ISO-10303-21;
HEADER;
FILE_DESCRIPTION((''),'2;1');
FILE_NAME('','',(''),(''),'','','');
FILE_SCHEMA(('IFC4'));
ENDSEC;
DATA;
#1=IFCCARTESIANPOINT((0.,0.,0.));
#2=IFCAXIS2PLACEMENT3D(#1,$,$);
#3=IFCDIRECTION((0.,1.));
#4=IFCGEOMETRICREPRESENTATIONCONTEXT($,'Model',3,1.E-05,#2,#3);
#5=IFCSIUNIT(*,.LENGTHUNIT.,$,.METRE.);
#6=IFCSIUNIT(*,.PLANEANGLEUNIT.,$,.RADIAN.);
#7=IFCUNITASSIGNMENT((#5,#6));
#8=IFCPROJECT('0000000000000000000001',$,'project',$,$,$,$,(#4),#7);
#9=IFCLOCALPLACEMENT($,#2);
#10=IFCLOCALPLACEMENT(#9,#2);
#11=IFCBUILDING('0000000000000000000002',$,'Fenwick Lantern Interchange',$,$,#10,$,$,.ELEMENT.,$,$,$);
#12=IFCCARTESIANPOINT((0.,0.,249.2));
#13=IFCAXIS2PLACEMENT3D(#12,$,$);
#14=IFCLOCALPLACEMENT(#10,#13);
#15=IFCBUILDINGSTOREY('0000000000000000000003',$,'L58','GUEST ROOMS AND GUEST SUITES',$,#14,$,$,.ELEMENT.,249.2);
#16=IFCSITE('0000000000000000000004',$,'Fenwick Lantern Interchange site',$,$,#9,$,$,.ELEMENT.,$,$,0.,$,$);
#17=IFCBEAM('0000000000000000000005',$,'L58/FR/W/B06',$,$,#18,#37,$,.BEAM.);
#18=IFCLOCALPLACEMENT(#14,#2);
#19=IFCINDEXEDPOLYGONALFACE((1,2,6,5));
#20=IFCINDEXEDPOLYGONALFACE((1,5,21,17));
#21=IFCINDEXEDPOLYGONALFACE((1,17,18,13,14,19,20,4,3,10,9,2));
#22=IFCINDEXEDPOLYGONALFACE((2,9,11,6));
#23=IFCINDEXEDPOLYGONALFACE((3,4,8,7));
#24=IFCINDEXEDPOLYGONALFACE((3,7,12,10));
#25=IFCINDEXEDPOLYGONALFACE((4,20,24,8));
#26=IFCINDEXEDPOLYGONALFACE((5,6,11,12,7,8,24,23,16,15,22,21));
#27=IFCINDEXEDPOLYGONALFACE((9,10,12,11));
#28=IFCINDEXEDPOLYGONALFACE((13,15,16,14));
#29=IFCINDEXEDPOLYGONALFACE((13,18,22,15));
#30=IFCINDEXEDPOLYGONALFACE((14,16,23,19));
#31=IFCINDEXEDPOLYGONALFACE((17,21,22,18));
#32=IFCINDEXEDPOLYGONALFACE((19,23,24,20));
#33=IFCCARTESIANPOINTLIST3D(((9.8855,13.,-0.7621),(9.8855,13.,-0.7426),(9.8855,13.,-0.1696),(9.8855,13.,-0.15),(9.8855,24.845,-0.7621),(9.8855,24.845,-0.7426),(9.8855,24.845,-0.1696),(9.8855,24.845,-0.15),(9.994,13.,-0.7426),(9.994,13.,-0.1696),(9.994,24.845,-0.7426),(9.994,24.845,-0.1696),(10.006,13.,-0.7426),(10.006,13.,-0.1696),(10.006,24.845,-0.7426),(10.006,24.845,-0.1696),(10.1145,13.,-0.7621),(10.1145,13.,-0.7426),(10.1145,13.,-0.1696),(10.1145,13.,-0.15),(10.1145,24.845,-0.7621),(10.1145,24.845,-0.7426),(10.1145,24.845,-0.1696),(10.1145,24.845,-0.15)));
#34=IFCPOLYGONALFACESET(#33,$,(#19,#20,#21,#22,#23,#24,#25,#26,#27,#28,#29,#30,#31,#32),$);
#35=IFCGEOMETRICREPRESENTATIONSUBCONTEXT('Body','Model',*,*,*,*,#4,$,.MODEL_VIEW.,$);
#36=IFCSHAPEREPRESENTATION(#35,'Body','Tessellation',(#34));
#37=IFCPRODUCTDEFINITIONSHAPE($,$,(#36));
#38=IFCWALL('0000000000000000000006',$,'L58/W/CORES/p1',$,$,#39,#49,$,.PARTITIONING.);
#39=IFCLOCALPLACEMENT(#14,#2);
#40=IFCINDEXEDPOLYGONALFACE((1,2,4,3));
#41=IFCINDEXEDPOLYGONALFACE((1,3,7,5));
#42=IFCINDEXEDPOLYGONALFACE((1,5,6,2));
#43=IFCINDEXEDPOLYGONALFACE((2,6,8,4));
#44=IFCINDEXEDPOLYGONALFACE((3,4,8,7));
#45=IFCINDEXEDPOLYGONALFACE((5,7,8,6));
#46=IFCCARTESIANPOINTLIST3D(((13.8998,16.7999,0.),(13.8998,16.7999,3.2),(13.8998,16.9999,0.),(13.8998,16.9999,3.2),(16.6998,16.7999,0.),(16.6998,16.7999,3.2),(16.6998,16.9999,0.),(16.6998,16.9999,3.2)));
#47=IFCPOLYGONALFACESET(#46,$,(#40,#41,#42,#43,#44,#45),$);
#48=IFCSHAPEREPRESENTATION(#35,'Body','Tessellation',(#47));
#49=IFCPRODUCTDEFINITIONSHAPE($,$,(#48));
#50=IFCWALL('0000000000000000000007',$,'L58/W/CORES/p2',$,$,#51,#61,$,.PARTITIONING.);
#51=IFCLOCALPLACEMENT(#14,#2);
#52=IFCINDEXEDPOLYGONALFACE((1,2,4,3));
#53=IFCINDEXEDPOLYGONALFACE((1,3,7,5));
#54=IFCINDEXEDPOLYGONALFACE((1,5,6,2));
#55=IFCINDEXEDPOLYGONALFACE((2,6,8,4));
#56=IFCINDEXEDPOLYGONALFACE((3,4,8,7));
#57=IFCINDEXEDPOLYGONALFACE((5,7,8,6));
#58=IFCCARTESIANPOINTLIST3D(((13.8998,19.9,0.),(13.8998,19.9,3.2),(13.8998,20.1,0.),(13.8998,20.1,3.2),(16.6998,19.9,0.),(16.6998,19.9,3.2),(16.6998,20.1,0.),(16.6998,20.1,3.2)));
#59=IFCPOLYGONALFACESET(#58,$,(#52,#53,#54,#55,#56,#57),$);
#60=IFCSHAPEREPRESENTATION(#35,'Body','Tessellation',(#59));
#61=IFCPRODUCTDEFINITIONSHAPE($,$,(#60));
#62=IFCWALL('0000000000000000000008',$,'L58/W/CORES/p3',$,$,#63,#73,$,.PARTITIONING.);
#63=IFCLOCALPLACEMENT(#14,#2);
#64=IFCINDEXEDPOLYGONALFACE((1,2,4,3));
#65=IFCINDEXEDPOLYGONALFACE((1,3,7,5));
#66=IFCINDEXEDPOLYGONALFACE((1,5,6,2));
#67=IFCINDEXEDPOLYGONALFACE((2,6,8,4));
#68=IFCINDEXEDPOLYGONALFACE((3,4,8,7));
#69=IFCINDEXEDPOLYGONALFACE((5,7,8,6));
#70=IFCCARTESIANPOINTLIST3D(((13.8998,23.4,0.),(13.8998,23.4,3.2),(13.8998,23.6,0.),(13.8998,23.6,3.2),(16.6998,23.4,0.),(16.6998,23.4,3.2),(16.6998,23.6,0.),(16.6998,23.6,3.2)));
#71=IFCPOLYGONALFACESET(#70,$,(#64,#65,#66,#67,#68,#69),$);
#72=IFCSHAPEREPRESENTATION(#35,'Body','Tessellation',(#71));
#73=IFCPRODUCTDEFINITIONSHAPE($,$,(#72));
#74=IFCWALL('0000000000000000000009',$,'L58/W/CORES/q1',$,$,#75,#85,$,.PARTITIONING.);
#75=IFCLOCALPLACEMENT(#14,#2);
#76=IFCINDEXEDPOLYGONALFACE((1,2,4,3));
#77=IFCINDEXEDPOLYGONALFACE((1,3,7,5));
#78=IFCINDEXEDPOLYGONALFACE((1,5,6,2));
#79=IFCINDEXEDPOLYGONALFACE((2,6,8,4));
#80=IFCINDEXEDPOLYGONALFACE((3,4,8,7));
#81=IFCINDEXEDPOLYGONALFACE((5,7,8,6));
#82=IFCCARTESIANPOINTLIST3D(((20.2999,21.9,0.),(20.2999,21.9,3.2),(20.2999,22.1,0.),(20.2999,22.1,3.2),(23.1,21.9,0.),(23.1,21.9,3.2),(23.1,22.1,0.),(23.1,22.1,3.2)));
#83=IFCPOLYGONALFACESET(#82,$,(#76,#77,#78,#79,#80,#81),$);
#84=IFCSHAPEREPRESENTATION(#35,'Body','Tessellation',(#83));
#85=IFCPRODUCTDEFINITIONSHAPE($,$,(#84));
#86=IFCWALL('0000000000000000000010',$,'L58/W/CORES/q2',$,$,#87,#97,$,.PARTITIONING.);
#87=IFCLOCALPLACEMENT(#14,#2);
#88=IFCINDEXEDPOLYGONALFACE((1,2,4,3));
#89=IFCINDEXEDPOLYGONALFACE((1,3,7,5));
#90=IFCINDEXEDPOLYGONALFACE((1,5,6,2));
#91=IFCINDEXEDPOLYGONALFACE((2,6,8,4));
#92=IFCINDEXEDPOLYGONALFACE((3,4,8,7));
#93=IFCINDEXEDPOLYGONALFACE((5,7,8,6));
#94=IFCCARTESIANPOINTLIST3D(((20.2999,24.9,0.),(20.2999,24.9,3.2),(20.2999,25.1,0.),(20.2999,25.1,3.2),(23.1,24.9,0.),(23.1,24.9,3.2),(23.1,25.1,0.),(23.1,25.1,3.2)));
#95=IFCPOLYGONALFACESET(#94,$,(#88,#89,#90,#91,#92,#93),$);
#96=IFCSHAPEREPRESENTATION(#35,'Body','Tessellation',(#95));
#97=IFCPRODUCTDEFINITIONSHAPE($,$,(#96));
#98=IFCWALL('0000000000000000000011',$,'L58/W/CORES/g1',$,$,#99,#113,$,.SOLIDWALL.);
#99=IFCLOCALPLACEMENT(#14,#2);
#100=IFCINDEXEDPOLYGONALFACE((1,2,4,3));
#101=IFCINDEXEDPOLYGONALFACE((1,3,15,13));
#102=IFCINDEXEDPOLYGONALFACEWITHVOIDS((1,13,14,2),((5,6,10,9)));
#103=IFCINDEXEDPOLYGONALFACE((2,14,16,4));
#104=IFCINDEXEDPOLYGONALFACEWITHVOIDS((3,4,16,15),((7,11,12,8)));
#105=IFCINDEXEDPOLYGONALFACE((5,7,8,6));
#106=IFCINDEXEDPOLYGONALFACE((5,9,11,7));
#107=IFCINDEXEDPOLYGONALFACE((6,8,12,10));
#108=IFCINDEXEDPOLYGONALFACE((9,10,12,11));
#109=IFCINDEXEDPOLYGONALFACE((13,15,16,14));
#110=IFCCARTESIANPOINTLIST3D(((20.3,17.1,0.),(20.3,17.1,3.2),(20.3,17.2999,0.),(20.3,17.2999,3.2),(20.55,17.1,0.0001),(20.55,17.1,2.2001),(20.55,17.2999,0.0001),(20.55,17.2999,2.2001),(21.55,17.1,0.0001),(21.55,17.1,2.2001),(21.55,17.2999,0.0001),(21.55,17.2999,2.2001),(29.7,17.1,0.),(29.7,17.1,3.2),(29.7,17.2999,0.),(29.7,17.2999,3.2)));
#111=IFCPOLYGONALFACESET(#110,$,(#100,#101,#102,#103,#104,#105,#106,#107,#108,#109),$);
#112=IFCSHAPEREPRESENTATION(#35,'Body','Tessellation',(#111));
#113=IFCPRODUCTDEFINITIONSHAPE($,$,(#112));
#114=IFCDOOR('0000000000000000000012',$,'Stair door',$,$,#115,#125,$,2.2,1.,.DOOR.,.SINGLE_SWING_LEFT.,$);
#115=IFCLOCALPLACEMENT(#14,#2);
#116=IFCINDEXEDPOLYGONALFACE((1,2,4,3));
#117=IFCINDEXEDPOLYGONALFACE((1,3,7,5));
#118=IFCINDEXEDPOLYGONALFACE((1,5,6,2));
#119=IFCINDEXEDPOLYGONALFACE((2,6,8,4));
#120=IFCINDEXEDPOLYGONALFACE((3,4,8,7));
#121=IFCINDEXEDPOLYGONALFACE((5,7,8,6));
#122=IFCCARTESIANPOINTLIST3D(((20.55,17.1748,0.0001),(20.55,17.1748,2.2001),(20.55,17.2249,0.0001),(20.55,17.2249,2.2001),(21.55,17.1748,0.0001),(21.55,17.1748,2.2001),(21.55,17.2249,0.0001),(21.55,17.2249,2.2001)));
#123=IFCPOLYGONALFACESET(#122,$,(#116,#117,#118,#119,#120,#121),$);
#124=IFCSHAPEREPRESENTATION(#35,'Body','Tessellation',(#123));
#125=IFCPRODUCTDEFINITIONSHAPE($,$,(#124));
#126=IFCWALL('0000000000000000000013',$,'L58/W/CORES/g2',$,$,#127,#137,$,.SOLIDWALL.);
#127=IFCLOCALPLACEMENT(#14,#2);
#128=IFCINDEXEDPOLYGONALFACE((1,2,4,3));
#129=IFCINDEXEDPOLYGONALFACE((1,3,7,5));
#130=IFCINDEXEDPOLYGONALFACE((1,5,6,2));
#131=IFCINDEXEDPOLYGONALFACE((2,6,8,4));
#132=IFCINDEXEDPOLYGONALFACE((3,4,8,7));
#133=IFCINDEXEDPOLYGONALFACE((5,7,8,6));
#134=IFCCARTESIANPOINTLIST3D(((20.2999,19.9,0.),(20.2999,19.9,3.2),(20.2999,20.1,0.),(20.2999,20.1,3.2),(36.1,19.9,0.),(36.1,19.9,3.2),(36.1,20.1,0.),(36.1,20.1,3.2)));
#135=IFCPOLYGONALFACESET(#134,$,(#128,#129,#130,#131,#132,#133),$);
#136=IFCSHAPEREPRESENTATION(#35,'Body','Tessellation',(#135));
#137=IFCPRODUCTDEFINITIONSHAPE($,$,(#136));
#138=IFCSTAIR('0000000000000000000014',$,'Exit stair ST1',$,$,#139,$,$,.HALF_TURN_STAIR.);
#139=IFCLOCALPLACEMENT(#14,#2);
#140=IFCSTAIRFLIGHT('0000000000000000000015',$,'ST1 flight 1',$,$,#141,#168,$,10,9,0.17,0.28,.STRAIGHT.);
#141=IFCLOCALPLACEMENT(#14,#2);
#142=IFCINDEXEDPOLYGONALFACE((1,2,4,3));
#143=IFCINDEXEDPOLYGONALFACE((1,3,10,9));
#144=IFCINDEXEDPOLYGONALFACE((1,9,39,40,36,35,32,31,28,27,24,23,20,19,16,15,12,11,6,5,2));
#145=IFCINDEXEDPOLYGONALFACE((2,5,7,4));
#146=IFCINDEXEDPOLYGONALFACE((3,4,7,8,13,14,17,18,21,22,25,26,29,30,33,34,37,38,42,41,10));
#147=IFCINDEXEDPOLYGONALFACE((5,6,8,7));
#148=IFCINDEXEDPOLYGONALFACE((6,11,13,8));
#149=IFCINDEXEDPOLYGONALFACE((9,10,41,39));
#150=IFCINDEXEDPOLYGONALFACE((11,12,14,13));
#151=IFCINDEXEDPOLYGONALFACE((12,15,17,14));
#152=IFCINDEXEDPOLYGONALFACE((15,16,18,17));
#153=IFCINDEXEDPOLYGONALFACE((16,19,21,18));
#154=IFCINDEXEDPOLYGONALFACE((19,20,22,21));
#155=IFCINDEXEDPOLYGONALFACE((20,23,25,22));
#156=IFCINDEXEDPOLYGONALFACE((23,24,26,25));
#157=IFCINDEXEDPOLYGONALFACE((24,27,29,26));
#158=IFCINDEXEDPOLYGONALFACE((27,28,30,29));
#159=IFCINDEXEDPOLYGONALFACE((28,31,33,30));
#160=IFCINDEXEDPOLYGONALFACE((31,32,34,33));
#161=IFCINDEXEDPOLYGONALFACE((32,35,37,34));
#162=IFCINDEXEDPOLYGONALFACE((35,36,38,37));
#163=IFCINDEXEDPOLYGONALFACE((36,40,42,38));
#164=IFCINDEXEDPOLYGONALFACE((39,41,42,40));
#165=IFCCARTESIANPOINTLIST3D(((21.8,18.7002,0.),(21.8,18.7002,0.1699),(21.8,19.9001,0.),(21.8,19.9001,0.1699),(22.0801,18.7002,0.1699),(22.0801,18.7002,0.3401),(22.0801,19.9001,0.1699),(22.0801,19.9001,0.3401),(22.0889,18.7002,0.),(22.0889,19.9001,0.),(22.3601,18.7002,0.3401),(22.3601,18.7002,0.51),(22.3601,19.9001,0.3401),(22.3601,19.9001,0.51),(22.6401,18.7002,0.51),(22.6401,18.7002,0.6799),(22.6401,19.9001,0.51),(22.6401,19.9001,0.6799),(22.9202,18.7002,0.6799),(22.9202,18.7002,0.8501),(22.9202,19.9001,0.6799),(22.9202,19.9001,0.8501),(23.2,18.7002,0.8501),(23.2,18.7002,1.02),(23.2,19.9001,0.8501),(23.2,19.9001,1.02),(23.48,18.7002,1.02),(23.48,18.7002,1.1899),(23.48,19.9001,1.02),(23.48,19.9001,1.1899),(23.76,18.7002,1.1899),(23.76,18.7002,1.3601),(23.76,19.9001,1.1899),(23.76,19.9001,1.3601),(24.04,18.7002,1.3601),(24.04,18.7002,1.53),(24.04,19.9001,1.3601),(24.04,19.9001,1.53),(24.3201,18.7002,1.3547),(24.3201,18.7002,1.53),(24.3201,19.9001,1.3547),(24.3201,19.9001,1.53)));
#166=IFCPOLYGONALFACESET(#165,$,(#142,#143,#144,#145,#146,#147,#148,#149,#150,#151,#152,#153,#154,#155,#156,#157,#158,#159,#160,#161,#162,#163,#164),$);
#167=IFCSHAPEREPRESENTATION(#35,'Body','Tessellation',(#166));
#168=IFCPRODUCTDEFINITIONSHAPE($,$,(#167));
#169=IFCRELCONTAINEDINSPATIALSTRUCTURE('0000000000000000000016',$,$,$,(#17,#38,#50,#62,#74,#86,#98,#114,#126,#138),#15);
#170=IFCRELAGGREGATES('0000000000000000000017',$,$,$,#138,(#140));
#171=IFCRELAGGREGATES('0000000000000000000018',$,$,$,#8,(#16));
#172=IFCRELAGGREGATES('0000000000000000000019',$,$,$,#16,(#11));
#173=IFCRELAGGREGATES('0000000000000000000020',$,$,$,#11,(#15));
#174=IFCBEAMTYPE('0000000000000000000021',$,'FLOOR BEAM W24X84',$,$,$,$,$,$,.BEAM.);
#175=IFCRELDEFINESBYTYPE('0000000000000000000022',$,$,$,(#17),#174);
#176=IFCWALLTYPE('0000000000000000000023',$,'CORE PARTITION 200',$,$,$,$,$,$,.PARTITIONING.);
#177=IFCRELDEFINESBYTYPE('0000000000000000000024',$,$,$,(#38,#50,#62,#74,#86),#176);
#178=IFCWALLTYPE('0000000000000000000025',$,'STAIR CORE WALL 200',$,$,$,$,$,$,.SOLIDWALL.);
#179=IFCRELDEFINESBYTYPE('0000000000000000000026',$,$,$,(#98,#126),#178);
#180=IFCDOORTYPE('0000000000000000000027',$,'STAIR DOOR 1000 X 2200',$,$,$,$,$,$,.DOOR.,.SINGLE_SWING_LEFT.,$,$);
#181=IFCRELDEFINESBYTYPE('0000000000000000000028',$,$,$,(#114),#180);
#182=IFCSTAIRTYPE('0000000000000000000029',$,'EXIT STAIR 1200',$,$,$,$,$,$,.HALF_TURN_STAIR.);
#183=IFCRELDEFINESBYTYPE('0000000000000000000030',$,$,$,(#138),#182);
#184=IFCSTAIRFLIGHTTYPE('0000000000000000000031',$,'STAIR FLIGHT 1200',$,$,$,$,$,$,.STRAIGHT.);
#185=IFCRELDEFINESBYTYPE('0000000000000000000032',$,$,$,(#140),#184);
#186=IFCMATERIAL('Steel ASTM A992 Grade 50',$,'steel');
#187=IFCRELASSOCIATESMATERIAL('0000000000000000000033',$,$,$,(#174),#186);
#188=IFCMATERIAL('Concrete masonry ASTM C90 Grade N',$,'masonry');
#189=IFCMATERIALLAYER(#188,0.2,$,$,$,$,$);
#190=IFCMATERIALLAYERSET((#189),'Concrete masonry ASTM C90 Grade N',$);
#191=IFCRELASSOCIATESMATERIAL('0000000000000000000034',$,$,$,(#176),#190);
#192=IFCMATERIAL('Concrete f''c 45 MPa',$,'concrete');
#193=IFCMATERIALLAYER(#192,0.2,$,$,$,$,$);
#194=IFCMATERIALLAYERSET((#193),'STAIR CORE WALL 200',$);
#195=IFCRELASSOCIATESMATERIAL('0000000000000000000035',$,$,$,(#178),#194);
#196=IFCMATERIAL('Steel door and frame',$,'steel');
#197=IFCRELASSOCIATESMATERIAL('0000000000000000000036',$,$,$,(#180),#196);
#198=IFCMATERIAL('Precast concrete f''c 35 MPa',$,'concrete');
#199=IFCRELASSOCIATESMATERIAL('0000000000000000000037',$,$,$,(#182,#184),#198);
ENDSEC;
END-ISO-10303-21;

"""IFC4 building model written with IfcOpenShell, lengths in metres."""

from ifc_helpers import new_model, si_unit, direction, frame, frame_2d, origin, origin_2d, place, context, subcontext, project, spatial, polyline, rectangle, i_section, outline, extrude, material, layer, layer_set, material_profile, profile_set, type_object, element, fill, aggregate, save


model = new_model("IFC4")

# Units and contexts
model_context = context("Model", 3, precision=1e-05, world=origin(), true_north=direction((0.0, 1.0)))
body_context = subcontext(model_context, "Body", "Model", "MODEL_VIEW")
ifc_project = project(units=[si_unit("LENGTHUNIT", "METRE"), si_unit("PLANEANGLEUNIT", "RADIAN")], contexts=[model_context])

# Site, building, storey
site_placement = place(None, origin())
site = spatial("IfcSite", under=ifc_project, at=site_placement, Name="Fenwick Lantern Interchange site", CompositionType="ELEMENT", RefElevation=0.0)
building_placement = place(site_placement, origin())
building = spatial("IfcBuilding", under=site, at=building_placement, Name="Fenwick Lantern Interchange", CompositionType="ELEMENT")
storey_placement = place(building_placement, frame((0.0, 0.0, 249.2)))
storey = spatial("IfcBuildingStorey", under=building, at=storey_placement, Name="L58", Description="GUEST ROOMS AND GUEST SUITES", CompositionType="ELEMENT", Elevation=249.2)

# Beam
ifc_material_1 = material(Name="Steel ASTM A992 Grade 50", Category="steel")
ifc_material_profile = material_profile(ifc_material_1, i_section(OverallWidth=0.229, OverallDepth=0.6121, WebThickness=0.012, FlangeThickness=0.0195, at=origin_2d()), Name="W24X84")
ifc_profile_set = profile_set([ifc_material_profile], Name="Steel ASTM A992 Grade 50")
beam_type = type_object("IfcBeamType", Name="FLOOR BEAM W24X84", PredefinedType="BEAM", material=ifc_profile_set)
beam_placement = place(storey_placement, frame((10.0, 24.845, -0.4561), z_axis=(0.0, -1.0, 0.0), x_axis=(1.0, 0.0, 0.0)))
element("IfcBeam", 1, at=beam_placement, inside=storey, type_object=beam_type, Name="L58/FR/W/B06", PredefinedType="BEAM", context=body_context, shape_type="SweptSolid", body=[
    extrude(i_section(OverallWidth=0.229, OverallDepth=0.6121, WebThickness=0.012, FlangeThickness=0.0195, at=origin_2d()), origin(), (0.0, 0.0, 1.0), 11.845),
])

# Walls
ifc_material_2 = material(Name="Concrete masonry ASTM C90 Grade N", Category="masonry")
ifc_layer_1 = layer(ifc_material_2, 0.2)
ifc_layer_set_1 = layer_set([ifc_layer_1], Name="Concrete masonry ASTM C90 Grade N")
wall_type_1 = type_object("IfcWallType", Name="CORE PARTITION 200", PredefinedType="PARTITIONING", material=ifc_layer_set_1)
for number, where, z_axis, x_axis, name in (
    (2, (13.8999, 16.8999, 0.0), (0.0, 0.0, 1.0), (1.0, 0.0, 0.0), "L58/W/CORES/p1"),
    (3, (13.8999, 20.0, 0.0), (0.0, 0.0, 1.0), (1.0, 0.0, 0.0), "L58/W/CORES/p2"),
    (4, (13.8999, 23.5, 0.0), (0.0, 0.0, 1.0), (1.0, 0.0, 0.0), "L58/W/CORES/p3"),
    (5, (20.3, 22.0, 0.0), (0.0, 0.0, 1.0), (1.0, 0.0, 0.0), "L58/W/CORES/q1"),
    (6, (20.3, 25.0, 0.0), (0.0, 0.0, 1.0), (1.0, 0.0, 0.0), "L58/W/CORES/q2"),
):
    element("IfcWall", number, at=place(storey_placement, frame(where, z_axis=z_axis, x_axis=x_axis)), inside=storey, type_object=wall_type_1, Name=name, PredefinedType="PARTITIONING", context=body_context, shape_type="SweptSolid", body=[
        extrude(rectangle(XDim=2.8, YDim=0.2, at=frame_2d((1.3999, 0.0))), origin(), (0.0, 0.0, 1.0), 3.2),
    ])

# Wall, opening, door
ifc_material_3 = material(Name="Concrete f'c 45 MPa", Category="concrete")
ifc_layer_2 = layer(ifc_material_3, 0.2)
ifc_layer_set_2 = layer_set([ifc_layer_2], Name="STAIR CORE WALL 200")
wall_type_2 = type_object("IfcWallType", Name="STAIR CORE WALL 200", PredefinedType="SOLIDWALL", material=ifc_layer_set_2)
wall_1_placement = place(storey_placement, frame((20.3, 17.2, 0.0), z_axis=(0.0, 0.0, 1.0), x_axis=(1.0, 0.0, 0.0)))
wall_1 = element("IfcWall", 7, at=wall_1_placement, inside=storey, type_object=wall_type_2, Name="L58/W/CORES/g1", PredefinedType="SOLIDWALL", context=body_context, shape_type="SweptSolid", body=[
    extrude(rectangle(XDim=9.3999, YDim=0.2, at=frame_2d((4.7, 0.0))), origin(), (0.0, 0.0, 1.0), 3.2),
])
opening_placement = place(wall_1_placement, frame((0.25, 0.0, 0.0)))
opening = element("IfcOpeningElement", 8, at=opening_placement, cuts=wall_1, PredefinedType="OPENING", context=body_context, shape_type="SweptSolid", body=[
    extrude(rectangle(XDim=1.0, YDim=2.2, at=frame_2d((0.5, 1.1001))), frame((0.0, 0.1099, 0.0), z_axis=(0.0, -1.0, 0.0), x_axis=(1.0, 0.0, 0.0)), (0.0, 0.0, 1.0), 0.22),
])
ifc_material_4 = material(Name="Steel door and frame", Category="steel")
door_type = type_object("IfcDoorType", Name="STAIR DOOR 1000 X 2200", OperationType="SINGLE_SWING_LEFT", PredefinedType="DOOR", material=ifc_material_4)
door_placement = place(opening_placement, origin())
door = element("IfcDoor", 9, at=door_placement, inside=storey, type_object=door_type, Name="Stair door", OperationType="SINGLE_SWING_LEFT", OverallHeight=2.2, OverallWidth=1.0, PredefinedType="DOOR", context=body_context, shape_type="SweptSolid", body=[
    extrude(rectangle(XDim=1.0, YDim=2.2, at=frame_2d((0.5, 1.1001))), frame((0.0, 0.0249, 0.0), z_axis=(0.0, -1.0, 0.0), x_axis=(1.0, 0.0, 0.0)), (0.0, 0.0, 1.0), 0.05),
])
fill(opening, door)

# Wall
wall_2_placement = place(storey_placement, frame((20.3, 20.0, 0.0), z_axis=(0.0, 0.0, 1.0), x_axis=(1.0, 0.0, 0.0)))
element("IfcWall", 10, at=wall_2_placement, inside=storey, type_object=wall_type_2, Name="L58/W/CORES/g2", PredefinedType="SOLIDWALL", context=body_context, shape_type="SweptSolid", body=[
    extrude(rectangle(XDim=15.8, YDim=0.2, at=frame_2d((7.8999, 0.0))), origin(), (0.0, 0.0, 1.0), 3.2),
])

# Stair, stair flight
ifc_material_5 = material(Name="Precast concrete f'c 35 MPa", Category="concrete")
stair_type = type_object("IfcStairType", Name="EXIT STAIR 1200", PredefinedType="HALF_TURN_STAIR", material=ifc_material_5)
stair_placement = place(storey_placement, origin())
stair = element("IfcStair", 11, at=stair_placement, inside=storey, type_object=stair_type, Name="Exit stair ST1", PredefinedType="HALF_TURN_STAIR")
stair_flight_type = type_object("IfcStairFlightType", Name="STAIR FLIGHT 1200", PredefinedType="STRAIGHT", material=ifc_material_5)
stair_flight_placement = place(storey_placement, frame((21.8, 19.3, 0.0), z_axis=(0.0, 0.0, 1.0), x_axis=(1.0, 0.0, 0.0)))
stair_flight = element("IfcStairFlight", 12, at=stair_flight_placement, type_object=stair_flight_type, Name="ST1 flight 1", NumberOfRisers=10, NumberOfTreads=9, PredefinedType="STRAIGHT", RiserHeight=0.17, TreadLength=0.28, context=body_context, shape_type="SweptSolid", body=[
    extrude(outline(polyline([(0.0, 0.0), (0.0, 0.1699), (0.28, 0.1699), (0.28, 0.3401), (0.5601, 0.3401), (0.5601, 0.51), (0.8401, 0.51), (0.8401, 0.6799), (1.1201, 0.6799), (1.1201, 0.8501), (1.3999, 0.8501), (1.3999, 1.02), (1.6799, 1.02), (1.6799, 1.1899), (1.96, 1.1899), (1.96, 1.3601), (2.24, 1.3601), (2.24, 1.53), (2.52, 1.53), (2.52, 1.7), (2.52, 1.3547), (0.2888, 0.0), (0.0, 0.0)])), frame((0.0, 0.6001, 0.0), z_axis=(0.0, -1.0, 0.0), x_axis=(1.0, 0.0, 0.0)), (0.0, 0.0, 1.0), 1.2),
])
aggregate(stair, [stair_flight])

save(model, "model.ifc")
